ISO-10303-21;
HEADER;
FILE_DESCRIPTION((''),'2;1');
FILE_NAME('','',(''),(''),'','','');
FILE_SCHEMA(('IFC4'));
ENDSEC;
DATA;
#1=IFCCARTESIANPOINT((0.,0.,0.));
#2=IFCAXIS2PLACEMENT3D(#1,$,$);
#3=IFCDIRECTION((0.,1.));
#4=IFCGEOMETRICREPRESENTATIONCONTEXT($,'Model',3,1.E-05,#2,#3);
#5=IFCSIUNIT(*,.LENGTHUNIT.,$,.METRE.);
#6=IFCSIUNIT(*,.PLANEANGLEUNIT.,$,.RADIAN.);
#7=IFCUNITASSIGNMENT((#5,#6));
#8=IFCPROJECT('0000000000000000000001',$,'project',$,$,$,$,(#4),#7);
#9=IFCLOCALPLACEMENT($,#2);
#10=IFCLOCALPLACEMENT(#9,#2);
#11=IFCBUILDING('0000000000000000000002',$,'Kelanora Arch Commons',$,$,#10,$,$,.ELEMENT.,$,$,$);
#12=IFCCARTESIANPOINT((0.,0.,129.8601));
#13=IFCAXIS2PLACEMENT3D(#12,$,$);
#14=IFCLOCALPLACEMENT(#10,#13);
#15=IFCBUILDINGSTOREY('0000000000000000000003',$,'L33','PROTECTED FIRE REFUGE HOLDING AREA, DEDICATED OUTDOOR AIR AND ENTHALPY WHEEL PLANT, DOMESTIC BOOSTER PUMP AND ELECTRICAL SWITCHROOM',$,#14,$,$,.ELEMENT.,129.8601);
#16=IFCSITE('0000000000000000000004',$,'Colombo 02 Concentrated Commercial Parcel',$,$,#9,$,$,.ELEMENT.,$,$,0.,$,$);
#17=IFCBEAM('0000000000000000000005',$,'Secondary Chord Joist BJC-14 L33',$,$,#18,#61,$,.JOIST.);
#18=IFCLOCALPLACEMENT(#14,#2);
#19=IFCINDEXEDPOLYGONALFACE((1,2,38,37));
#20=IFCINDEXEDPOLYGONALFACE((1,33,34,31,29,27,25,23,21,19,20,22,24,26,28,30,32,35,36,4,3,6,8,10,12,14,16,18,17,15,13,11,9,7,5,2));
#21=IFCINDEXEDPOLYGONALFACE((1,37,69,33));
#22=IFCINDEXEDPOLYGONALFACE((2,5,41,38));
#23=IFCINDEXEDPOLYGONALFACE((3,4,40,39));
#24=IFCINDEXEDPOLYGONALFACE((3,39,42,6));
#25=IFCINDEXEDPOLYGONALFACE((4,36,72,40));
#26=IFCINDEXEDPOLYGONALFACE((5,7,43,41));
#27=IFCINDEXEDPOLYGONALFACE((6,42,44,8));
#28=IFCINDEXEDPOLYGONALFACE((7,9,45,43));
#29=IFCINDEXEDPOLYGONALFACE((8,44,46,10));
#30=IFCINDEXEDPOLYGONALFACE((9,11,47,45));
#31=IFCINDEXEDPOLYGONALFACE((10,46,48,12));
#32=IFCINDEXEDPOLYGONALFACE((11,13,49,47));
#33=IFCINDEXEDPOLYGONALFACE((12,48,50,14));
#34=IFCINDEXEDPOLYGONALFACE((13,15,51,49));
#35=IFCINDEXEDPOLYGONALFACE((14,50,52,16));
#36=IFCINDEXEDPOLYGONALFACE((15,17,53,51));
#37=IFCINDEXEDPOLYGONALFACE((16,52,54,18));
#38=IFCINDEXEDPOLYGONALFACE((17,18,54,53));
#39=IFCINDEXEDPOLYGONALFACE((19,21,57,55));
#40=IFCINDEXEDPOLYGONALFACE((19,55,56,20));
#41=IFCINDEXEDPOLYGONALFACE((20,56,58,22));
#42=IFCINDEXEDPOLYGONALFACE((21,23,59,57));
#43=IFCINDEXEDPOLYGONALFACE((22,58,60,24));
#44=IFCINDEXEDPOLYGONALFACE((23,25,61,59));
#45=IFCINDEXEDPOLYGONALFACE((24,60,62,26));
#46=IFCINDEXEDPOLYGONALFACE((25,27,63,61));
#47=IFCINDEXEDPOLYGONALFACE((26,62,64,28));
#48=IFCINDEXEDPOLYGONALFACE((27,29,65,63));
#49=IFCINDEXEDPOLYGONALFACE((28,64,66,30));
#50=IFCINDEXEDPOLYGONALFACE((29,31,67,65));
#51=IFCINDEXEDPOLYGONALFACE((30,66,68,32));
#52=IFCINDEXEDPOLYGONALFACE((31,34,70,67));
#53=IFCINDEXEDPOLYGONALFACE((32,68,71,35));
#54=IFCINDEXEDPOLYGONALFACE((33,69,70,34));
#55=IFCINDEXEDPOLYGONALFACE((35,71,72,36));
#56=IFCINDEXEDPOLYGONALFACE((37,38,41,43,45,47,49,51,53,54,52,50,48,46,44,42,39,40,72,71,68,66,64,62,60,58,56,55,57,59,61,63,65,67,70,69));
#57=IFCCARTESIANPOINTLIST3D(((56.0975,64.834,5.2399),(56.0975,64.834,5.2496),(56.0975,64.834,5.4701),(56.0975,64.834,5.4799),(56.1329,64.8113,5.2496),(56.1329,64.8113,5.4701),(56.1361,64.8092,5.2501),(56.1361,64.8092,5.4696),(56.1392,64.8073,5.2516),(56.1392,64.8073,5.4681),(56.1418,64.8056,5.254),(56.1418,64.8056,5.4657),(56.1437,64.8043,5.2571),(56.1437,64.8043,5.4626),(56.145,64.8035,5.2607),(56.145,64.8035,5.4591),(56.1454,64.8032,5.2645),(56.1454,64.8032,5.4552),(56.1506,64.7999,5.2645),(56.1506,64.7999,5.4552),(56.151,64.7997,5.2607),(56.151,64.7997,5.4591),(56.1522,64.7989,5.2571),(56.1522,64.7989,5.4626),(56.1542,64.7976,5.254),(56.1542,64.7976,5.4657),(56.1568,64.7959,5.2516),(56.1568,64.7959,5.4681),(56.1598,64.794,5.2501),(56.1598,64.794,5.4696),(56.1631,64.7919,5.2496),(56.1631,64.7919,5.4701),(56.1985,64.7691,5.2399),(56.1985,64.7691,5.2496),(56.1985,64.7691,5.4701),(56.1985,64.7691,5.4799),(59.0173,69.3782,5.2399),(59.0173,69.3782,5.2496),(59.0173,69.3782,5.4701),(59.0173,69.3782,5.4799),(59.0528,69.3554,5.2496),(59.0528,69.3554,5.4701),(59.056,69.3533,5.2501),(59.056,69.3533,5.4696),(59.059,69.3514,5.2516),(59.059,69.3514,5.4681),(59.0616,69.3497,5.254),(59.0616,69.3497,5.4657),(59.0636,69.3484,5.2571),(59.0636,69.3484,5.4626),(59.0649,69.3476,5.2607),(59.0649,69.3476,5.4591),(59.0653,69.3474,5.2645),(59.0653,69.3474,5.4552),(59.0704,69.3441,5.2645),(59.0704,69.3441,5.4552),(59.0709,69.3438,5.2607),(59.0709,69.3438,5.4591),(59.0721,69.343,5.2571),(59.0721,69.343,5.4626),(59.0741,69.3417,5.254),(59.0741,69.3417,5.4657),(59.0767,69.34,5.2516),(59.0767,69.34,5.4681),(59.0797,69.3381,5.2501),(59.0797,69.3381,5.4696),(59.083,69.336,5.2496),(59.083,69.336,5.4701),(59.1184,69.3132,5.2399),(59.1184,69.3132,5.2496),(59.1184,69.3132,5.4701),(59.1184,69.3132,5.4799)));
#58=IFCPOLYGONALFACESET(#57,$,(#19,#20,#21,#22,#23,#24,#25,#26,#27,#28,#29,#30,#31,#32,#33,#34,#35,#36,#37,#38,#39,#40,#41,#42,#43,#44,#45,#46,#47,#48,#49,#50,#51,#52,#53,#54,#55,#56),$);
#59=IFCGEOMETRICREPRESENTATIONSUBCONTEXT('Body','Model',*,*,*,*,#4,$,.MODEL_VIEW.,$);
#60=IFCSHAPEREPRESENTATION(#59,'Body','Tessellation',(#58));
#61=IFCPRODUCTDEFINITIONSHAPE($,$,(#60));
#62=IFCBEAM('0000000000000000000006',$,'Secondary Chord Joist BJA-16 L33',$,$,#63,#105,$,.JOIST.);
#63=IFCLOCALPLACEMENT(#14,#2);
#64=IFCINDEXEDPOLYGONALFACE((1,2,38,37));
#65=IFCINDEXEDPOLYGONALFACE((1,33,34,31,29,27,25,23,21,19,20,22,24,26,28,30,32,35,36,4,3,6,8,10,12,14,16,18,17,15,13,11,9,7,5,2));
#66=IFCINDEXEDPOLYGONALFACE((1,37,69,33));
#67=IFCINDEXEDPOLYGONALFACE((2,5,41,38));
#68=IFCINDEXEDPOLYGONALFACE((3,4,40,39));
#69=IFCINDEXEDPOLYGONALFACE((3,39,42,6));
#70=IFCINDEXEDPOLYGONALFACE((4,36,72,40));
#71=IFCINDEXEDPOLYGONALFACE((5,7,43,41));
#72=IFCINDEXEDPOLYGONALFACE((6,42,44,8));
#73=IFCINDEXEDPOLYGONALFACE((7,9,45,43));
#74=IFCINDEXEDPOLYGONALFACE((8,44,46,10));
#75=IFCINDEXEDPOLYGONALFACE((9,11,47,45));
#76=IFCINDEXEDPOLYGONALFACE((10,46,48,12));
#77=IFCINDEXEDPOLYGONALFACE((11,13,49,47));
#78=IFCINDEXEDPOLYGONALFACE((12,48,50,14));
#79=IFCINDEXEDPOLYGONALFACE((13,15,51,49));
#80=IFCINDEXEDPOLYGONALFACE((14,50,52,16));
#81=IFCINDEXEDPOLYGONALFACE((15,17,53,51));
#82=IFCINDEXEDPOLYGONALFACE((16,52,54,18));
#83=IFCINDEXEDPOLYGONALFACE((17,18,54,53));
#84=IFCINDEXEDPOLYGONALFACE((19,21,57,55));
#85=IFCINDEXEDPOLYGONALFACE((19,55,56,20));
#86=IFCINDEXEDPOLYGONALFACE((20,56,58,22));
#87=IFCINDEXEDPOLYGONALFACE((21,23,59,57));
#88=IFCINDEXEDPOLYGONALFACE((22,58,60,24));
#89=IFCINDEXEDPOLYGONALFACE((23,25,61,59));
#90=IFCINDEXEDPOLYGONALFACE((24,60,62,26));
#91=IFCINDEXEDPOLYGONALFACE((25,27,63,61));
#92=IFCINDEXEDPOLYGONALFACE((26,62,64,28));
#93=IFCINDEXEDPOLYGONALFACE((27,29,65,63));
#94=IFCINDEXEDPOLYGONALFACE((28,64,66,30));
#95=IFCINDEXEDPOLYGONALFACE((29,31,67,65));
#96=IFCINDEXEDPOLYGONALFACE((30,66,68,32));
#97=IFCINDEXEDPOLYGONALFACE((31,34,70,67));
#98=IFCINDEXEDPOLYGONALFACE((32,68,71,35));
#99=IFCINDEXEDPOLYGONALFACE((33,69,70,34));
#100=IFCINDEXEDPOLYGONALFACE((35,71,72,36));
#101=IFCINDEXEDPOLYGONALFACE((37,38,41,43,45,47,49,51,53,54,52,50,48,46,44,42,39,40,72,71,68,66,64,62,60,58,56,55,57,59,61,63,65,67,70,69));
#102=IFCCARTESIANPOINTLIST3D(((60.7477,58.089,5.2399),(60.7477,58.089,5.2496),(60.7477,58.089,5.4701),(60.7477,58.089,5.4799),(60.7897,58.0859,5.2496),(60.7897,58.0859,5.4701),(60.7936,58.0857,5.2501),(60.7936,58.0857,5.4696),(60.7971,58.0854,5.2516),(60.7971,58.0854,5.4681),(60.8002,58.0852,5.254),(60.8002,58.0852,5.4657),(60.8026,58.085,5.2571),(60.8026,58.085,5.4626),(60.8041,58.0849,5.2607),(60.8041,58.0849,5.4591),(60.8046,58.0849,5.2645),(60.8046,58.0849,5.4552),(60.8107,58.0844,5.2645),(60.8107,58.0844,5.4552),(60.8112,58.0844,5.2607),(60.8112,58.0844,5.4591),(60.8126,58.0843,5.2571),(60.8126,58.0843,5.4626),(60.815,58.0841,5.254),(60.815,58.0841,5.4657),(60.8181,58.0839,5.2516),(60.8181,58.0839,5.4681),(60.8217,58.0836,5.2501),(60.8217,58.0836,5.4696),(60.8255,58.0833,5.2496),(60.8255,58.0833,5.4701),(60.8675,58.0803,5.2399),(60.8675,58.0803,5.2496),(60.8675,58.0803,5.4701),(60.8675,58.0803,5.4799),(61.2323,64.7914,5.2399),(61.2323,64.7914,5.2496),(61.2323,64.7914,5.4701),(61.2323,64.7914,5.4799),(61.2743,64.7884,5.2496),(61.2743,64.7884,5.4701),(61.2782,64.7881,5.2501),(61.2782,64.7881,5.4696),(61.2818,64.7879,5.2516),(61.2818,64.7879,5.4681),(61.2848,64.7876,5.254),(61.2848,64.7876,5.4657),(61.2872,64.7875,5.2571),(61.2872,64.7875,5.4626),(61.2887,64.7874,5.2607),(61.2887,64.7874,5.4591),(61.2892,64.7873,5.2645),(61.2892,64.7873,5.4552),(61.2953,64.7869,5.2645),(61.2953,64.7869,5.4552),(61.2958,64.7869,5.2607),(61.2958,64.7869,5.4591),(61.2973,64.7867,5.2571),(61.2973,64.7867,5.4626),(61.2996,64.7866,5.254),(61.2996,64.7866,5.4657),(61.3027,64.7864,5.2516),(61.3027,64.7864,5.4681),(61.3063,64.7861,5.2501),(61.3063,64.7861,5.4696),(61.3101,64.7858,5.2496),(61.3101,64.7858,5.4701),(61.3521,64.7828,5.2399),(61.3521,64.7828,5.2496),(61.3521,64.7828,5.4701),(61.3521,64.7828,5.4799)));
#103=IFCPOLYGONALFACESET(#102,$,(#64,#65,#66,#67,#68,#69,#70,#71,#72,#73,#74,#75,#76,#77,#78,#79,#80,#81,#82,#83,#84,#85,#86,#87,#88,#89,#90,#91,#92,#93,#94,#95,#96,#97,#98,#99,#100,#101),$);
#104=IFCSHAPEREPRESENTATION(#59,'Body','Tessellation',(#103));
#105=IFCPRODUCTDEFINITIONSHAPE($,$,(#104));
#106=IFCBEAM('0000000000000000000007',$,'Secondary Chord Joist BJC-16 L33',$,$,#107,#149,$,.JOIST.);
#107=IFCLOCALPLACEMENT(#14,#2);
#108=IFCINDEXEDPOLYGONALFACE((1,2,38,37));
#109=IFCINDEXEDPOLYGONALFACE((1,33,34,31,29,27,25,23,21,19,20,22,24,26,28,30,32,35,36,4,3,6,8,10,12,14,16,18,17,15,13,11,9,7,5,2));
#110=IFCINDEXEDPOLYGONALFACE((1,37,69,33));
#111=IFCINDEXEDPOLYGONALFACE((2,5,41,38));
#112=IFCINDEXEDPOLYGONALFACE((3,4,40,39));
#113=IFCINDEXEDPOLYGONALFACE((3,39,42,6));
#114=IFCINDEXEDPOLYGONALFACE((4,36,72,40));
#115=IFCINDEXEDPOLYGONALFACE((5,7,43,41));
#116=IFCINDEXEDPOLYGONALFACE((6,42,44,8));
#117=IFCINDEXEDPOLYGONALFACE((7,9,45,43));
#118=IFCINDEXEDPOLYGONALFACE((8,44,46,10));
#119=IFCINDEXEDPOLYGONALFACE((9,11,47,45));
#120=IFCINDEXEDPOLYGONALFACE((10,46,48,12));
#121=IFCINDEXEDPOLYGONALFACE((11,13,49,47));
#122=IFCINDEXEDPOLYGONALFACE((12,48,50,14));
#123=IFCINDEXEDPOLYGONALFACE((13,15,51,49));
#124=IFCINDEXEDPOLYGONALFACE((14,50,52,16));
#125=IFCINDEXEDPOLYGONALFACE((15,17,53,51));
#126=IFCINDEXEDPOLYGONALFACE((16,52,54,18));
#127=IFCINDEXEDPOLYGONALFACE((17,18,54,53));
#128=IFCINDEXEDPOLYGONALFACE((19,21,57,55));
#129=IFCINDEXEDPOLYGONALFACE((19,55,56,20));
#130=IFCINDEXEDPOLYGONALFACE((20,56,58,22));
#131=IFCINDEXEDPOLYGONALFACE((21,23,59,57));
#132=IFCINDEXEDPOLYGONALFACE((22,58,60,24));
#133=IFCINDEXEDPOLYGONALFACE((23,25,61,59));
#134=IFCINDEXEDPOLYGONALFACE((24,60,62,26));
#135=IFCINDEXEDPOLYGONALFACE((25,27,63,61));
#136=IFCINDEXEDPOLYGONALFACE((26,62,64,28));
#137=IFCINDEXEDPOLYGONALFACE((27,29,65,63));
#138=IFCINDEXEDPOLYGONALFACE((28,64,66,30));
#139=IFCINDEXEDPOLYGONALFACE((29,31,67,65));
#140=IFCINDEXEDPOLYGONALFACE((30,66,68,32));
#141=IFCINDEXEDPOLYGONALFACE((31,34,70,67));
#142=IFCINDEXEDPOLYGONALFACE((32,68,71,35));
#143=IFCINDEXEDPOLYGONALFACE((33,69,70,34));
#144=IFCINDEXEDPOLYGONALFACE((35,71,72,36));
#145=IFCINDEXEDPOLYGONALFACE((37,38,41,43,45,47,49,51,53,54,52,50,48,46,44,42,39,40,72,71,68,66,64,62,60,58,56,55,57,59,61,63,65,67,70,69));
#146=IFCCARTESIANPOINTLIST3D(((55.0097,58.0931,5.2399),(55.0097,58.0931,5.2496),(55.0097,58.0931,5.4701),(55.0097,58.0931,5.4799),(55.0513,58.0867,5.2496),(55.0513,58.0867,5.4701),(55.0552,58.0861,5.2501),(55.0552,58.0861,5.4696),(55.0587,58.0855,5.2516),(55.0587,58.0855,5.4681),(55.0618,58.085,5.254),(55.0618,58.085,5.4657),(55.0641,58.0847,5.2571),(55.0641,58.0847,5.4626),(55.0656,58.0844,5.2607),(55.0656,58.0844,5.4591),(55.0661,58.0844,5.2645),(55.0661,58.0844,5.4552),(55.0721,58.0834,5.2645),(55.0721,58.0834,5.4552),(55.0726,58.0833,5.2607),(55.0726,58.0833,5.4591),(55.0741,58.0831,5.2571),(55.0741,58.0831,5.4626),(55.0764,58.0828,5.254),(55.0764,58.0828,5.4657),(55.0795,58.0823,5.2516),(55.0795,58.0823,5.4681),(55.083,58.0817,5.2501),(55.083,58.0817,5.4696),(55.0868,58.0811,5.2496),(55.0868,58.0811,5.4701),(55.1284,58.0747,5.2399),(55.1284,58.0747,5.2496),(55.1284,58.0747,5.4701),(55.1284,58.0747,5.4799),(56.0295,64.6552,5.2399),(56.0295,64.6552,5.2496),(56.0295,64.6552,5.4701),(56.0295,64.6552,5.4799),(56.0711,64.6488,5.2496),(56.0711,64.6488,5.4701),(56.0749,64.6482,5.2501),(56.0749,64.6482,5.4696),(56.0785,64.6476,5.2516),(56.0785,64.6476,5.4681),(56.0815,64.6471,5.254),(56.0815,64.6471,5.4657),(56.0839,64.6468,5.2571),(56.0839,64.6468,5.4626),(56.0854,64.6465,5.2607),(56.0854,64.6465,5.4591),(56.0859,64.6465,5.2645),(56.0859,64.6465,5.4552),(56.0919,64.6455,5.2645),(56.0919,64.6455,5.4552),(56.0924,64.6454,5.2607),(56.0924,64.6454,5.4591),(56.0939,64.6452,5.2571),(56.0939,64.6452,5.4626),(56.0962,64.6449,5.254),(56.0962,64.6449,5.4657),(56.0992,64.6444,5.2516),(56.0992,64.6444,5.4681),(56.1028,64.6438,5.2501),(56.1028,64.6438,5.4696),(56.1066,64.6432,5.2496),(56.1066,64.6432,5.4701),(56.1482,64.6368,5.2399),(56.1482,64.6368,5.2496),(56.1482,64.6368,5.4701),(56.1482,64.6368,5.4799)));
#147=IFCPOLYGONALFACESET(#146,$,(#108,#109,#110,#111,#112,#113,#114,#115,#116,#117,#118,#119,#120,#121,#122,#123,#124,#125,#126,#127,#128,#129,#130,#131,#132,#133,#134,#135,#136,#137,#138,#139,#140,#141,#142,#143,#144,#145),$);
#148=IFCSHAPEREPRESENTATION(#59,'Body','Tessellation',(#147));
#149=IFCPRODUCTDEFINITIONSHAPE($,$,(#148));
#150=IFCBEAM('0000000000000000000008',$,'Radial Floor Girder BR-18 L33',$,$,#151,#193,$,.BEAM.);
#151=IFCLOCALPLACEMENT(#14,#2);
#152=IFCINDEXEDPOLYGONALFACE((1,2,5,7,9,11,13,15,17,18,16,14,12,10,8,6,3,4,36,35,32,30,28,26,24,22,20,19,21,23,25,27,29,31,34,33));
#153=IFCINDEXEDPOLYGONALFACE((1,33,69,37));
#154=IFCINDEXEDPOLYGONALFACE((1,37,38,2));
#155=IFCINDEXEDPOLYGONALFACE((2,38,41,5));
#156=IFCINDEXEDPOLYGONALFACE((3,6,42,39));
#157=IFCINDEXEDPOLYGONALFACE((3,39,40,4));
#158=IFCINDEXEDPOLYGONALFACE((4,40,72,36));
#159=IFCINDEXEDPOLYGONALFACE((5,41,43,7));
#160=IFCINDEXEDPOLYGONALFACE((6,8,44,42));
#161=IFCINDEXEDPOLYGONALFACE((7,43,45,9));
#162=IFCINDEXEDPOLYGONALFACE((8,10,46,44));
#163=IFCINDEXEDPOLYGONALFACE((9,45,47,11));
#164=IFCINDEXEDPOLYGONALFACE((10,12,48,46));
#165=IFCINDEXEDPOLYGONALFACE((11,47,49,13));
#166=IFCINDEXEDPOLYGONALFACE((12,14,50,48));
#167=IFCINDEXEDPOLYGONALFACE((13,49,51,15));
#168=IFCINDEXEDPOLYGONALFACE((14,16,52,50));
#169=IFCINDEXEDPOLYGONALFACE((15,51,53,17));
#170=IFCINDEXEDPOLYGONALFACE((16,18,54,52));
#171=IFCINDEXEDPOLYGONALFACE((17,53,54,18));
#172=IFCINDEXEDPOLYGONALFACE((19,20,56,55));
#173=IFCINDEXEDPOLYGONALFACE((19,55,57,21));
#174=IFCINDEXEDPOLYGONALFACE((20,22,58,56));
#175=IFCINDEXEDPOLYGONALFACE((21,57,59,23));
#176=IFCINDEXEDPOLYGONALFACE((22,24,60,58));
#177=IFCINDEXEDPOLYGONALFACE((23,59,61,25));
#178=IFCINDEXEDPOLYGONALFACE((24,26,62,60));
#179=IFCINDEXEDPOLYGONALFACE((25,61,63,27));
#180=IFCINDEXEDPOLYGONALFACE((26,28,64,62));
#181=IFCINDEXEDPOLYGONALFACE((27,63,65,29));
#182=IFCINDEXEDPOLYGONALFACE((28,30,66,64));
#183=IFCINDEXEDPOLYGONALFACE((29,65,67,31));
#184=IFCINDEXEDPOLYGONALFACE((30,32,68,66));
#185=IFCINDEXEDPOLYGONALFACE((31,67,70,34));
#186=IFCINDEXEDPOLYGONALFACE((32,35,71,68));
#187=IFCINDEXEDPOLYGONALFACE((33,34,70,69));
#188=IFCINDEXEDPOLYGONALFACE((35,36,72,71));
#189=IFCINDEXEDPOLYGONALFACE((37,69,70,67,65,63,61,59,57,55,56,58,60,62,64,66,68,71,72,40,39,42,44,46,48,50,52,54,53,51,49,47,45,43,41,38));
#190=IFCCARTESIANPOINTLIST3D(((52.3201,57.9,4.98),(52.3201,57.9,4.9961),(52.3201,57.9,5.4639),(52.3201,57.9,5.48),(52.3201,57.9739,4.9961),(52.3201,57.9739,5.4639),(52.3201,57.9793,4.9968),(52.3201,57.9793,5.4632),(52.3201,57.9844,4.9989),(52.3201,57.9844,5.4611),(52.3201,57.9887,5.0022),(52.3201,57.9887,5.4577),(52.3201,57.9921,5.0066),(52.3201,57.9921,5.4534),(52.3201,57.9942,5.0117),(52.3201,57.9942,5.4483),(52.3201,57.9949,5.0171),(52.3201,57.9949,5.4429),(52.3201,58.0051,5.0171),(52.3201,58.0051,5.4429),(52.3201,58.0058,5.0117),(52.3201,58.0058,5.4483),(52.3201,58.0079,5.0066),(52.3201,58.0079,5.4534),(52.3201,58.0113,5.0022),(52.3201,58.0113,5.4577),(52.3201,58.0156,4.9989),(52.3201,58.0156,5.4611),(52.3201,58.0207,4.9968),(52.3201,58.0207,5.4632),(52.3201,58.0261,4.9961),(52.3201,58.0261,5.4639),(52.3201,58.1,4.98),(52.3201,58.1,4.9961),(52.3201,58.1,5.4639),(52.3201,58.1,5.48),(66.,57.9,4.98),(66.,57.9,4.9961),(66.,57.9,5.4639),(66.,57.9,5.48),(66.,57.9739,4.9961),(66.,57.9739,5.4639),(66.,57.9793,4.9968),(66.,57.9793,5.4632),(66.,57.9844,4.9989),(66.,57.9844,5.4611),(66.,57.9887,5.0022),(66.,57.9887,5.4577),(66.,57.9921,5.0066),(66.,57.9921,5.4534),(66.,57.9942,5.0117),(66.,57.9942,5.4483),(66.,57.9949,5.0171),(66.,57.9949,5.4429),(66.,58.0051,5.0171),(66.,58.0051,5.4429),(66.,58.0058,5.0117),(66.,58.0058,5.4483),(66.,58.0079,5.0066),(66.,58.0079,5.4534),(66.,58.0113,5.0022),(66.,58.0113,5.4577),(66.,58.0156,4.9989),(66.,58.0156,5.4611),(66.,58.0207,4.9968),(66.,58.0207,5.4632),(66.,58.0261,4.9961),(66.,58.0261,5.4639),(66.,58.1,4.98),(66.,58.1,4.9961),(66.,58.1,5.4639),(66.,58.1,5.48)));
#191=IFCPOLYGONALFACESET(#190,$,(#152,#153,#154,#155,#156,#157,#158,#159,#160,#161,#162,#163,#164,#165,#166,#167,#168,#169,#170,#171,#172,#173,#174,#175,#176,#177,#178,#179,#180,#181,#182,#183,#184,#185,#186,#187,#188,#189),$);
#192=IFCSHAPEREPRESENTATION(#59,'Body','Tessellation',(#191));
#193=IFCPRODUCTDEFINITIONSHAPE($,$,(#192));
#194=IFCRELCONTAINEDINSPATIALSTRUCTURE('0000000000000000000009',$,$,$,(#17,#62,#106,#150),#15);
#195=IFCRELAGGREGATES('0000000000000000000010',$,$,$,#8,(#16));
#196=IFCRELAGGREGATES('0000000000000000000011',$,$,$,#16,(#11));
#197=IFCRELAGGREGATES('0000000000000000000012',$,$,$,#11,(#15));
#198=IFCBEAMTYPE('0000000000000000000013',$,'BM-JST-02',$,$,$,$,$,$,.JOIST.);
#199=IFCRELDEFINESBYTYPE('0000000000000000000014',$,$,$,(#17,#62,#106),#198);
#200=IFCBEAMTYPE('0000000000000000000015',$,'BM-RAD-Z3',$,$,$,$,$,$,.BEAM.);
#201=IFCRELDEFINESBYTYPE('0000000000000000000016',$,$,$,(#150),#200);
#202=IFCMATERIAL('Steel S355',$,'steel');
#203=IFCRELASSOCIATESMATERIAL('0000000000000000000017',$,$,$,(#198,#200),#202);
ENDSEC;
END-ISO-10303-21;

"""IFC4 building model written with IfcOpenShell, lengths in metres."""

from ifc_helpers import new_model, si_unit, direction, frame, origin, origin_2d, place, context, subcontext, project, spatial, i_section, extrude, material, material_profile, profile_set, type_object, element, save


model = new_model("IFC4")

# Units and contexts
model_context = context("Model", 3, precision=1e-05, world=origin(), true_north=direction((0.0, 1.0)))
body_context = subcontext(model_context, "Body", "Model", "MODEL_VIEW")
ifc_project = project(units=[si_unit("LENGTHUNIT", "METRE"), si_unit("PLANEANGLEUNIT", "RADIAN")], contexts=[model_context])

# Site, building, storey
site_placement = place(None, origin())
site = spatial("IfcSite", under=ifc_project, at=site_placement, Name="Colombo 02 Concentrated Commercial Parcel", CompositionType="ELEMENT", RefElevation=0.0)
building_placement = place(site_placement, origin())
building = spatial("IfcBuilding", under=site, at=building_placement, Name="Kelanora Arch Commons", CompositionType="ELEMENT")
storey_placement = place(building_placement, frame((0.0, 0.0, 129.8601)))
storey = spatial("IfcBuildingStorey", under=building, at=storey_placement, Name="L33", Description="PROTECTED FIRE REFUGE HOLDING AREA, DEDICATED OUTDOOR AIR AND ENTHALPY WHEEL PLANT, DOMESTIC BOOSTER PUMP AND ELECTRICAL SWITCHROOM", CompositionType="ELEMENT", Elevation=129.8601)

# Beams
ifc_material_1 = material(Name="Steel S355", Category="steel")
ifc_material_profile_1 = material_profile(ifc_material_1, i_section(OverallWidth=0.1201, OverallDepth=0.24, WebThickness=0.0061, FlangeThickness=0.0098, FilletRadius=0.0149, at=origin_2d()), Name="IPE240")
ifc_profile_set_1 = profile_set([ifc_material_profile_1], Name="Steel S355")
beam_type_1 = type_object("IfcBeamType", Name="BM-JST-02", PredefinedType="JOIST", material=ifc_profile_set_1)
beam_1_placement = place(storey_placement, frame((59.0679, 69.3457, 5.3599), z_axis=(-0.540582, -0.841292, 0.0), x_axis=(0.841292, -0.540582, 0.0)))
element("IfcBeam", 1, at=beam_1_placement, inside=storey, type_object=beam_type_1, Name="Secondary Chord Joist BJC-14 L33", PredefinedType="JOIST", context=body_context, shape_type="SweptSolid", body=[
    extrude(i_section(OverallWidth=0.1201, OverallDepth=0.24, WebThickness=0.0061, FlangeThickness=0.0098, FilletRadius=0.0149, at=origin_2d()), origin(), (0.0, 0.0, 1.0), 5.4014),
])
beam_2_placement = place(storey_placement, frame((61.2922, 64.7871, 5.3599), z_axis=(-0.072117, -0.997396, 0.0), x_axis=(0.997396, -0.072117, 0.0)))
element("IfcBeam", 2, at=beam_2_placement, inside=storey, type_object=beam_type_1, Name="Secondary Chord Joist BJA-16 L33", PredefinedType="JOIST", context=body_context, shape_type="SweptSolid", body=[
    extrude(i_section(OverallWidth=0.1201, OverallDepth=0.24, WebThickness=0.0061, FlangeThickness=0.0098, FilletRadius=0.0149, at=origin_2d()), origin(), (0.0, 0.0, 1.0), 6.72),
])
beam_3_placement = place(storey_placement, frame((56.0889, 64.646, 5.3599), z_axis=(-0.153563, -0.988139, 0.0), x_axis=(0.988139, -0.153563, 0.0)))
element("IfcBeam", 3, at=beam_3_placement, inside=storey, type_object=beam_type_1, Name="Secondary Chord Joist BJC-16 L33", PredefinedType="JOIST", context=body_context, shape_type="SweptSolid", body=[
    extrude(i_section(OverallWidth=0.1201, OverallDepth=0.24, WebThickness=0.0061, FlangeThickness=0.0098, FilletRadius=0.0149, at=origin_2d()), origin(), (0.0, 0.0, 1.0), 6.6409),
])
ifc_material_profile_2 = material_profile(ifc_material_1, i_section(OverallWidth=0.2, OverallDepth=0.5, WebThickness=0.0103, FlangeThickness=0.0161, FilletRadius=0.021, at=origin_2d()), Name="IPE500")
ifc_profile_set_2 = profile_set([ifc_material_profile_2], Name="Steel S355")
beam_type_2 = type_object("IfcBeamType", Name="BM-RAD-Z3", PredefinedType="BEAM", material=ifc_profile_set_2)
beam_4_placement = place(storey_placement, frame((66.0, 58.0, 5.23), z_axis=(-1.0, 0.0, 0.0), x_axis=(0.0, -1.0, 0.0)))
element("IfcBeam", 4, at=beam_4_placement, inside=storey, type_object=beam_type_2, Name="Radial Floor Girder BR-18 L33", PredefinedType="BEAM", context=body_context, shape_type="SweptSolid", body=[
    extrude(i_section(OverallWidth=0.2, OverallDepth=0.5, WebThickness=0.0103, FlangeThickness=0.0161, FilletRadius=0.021, at=origin_2d()), origin(), (0.0, 0.0, 1.0), 13.6799),
])

save(model, "model.ifc")
